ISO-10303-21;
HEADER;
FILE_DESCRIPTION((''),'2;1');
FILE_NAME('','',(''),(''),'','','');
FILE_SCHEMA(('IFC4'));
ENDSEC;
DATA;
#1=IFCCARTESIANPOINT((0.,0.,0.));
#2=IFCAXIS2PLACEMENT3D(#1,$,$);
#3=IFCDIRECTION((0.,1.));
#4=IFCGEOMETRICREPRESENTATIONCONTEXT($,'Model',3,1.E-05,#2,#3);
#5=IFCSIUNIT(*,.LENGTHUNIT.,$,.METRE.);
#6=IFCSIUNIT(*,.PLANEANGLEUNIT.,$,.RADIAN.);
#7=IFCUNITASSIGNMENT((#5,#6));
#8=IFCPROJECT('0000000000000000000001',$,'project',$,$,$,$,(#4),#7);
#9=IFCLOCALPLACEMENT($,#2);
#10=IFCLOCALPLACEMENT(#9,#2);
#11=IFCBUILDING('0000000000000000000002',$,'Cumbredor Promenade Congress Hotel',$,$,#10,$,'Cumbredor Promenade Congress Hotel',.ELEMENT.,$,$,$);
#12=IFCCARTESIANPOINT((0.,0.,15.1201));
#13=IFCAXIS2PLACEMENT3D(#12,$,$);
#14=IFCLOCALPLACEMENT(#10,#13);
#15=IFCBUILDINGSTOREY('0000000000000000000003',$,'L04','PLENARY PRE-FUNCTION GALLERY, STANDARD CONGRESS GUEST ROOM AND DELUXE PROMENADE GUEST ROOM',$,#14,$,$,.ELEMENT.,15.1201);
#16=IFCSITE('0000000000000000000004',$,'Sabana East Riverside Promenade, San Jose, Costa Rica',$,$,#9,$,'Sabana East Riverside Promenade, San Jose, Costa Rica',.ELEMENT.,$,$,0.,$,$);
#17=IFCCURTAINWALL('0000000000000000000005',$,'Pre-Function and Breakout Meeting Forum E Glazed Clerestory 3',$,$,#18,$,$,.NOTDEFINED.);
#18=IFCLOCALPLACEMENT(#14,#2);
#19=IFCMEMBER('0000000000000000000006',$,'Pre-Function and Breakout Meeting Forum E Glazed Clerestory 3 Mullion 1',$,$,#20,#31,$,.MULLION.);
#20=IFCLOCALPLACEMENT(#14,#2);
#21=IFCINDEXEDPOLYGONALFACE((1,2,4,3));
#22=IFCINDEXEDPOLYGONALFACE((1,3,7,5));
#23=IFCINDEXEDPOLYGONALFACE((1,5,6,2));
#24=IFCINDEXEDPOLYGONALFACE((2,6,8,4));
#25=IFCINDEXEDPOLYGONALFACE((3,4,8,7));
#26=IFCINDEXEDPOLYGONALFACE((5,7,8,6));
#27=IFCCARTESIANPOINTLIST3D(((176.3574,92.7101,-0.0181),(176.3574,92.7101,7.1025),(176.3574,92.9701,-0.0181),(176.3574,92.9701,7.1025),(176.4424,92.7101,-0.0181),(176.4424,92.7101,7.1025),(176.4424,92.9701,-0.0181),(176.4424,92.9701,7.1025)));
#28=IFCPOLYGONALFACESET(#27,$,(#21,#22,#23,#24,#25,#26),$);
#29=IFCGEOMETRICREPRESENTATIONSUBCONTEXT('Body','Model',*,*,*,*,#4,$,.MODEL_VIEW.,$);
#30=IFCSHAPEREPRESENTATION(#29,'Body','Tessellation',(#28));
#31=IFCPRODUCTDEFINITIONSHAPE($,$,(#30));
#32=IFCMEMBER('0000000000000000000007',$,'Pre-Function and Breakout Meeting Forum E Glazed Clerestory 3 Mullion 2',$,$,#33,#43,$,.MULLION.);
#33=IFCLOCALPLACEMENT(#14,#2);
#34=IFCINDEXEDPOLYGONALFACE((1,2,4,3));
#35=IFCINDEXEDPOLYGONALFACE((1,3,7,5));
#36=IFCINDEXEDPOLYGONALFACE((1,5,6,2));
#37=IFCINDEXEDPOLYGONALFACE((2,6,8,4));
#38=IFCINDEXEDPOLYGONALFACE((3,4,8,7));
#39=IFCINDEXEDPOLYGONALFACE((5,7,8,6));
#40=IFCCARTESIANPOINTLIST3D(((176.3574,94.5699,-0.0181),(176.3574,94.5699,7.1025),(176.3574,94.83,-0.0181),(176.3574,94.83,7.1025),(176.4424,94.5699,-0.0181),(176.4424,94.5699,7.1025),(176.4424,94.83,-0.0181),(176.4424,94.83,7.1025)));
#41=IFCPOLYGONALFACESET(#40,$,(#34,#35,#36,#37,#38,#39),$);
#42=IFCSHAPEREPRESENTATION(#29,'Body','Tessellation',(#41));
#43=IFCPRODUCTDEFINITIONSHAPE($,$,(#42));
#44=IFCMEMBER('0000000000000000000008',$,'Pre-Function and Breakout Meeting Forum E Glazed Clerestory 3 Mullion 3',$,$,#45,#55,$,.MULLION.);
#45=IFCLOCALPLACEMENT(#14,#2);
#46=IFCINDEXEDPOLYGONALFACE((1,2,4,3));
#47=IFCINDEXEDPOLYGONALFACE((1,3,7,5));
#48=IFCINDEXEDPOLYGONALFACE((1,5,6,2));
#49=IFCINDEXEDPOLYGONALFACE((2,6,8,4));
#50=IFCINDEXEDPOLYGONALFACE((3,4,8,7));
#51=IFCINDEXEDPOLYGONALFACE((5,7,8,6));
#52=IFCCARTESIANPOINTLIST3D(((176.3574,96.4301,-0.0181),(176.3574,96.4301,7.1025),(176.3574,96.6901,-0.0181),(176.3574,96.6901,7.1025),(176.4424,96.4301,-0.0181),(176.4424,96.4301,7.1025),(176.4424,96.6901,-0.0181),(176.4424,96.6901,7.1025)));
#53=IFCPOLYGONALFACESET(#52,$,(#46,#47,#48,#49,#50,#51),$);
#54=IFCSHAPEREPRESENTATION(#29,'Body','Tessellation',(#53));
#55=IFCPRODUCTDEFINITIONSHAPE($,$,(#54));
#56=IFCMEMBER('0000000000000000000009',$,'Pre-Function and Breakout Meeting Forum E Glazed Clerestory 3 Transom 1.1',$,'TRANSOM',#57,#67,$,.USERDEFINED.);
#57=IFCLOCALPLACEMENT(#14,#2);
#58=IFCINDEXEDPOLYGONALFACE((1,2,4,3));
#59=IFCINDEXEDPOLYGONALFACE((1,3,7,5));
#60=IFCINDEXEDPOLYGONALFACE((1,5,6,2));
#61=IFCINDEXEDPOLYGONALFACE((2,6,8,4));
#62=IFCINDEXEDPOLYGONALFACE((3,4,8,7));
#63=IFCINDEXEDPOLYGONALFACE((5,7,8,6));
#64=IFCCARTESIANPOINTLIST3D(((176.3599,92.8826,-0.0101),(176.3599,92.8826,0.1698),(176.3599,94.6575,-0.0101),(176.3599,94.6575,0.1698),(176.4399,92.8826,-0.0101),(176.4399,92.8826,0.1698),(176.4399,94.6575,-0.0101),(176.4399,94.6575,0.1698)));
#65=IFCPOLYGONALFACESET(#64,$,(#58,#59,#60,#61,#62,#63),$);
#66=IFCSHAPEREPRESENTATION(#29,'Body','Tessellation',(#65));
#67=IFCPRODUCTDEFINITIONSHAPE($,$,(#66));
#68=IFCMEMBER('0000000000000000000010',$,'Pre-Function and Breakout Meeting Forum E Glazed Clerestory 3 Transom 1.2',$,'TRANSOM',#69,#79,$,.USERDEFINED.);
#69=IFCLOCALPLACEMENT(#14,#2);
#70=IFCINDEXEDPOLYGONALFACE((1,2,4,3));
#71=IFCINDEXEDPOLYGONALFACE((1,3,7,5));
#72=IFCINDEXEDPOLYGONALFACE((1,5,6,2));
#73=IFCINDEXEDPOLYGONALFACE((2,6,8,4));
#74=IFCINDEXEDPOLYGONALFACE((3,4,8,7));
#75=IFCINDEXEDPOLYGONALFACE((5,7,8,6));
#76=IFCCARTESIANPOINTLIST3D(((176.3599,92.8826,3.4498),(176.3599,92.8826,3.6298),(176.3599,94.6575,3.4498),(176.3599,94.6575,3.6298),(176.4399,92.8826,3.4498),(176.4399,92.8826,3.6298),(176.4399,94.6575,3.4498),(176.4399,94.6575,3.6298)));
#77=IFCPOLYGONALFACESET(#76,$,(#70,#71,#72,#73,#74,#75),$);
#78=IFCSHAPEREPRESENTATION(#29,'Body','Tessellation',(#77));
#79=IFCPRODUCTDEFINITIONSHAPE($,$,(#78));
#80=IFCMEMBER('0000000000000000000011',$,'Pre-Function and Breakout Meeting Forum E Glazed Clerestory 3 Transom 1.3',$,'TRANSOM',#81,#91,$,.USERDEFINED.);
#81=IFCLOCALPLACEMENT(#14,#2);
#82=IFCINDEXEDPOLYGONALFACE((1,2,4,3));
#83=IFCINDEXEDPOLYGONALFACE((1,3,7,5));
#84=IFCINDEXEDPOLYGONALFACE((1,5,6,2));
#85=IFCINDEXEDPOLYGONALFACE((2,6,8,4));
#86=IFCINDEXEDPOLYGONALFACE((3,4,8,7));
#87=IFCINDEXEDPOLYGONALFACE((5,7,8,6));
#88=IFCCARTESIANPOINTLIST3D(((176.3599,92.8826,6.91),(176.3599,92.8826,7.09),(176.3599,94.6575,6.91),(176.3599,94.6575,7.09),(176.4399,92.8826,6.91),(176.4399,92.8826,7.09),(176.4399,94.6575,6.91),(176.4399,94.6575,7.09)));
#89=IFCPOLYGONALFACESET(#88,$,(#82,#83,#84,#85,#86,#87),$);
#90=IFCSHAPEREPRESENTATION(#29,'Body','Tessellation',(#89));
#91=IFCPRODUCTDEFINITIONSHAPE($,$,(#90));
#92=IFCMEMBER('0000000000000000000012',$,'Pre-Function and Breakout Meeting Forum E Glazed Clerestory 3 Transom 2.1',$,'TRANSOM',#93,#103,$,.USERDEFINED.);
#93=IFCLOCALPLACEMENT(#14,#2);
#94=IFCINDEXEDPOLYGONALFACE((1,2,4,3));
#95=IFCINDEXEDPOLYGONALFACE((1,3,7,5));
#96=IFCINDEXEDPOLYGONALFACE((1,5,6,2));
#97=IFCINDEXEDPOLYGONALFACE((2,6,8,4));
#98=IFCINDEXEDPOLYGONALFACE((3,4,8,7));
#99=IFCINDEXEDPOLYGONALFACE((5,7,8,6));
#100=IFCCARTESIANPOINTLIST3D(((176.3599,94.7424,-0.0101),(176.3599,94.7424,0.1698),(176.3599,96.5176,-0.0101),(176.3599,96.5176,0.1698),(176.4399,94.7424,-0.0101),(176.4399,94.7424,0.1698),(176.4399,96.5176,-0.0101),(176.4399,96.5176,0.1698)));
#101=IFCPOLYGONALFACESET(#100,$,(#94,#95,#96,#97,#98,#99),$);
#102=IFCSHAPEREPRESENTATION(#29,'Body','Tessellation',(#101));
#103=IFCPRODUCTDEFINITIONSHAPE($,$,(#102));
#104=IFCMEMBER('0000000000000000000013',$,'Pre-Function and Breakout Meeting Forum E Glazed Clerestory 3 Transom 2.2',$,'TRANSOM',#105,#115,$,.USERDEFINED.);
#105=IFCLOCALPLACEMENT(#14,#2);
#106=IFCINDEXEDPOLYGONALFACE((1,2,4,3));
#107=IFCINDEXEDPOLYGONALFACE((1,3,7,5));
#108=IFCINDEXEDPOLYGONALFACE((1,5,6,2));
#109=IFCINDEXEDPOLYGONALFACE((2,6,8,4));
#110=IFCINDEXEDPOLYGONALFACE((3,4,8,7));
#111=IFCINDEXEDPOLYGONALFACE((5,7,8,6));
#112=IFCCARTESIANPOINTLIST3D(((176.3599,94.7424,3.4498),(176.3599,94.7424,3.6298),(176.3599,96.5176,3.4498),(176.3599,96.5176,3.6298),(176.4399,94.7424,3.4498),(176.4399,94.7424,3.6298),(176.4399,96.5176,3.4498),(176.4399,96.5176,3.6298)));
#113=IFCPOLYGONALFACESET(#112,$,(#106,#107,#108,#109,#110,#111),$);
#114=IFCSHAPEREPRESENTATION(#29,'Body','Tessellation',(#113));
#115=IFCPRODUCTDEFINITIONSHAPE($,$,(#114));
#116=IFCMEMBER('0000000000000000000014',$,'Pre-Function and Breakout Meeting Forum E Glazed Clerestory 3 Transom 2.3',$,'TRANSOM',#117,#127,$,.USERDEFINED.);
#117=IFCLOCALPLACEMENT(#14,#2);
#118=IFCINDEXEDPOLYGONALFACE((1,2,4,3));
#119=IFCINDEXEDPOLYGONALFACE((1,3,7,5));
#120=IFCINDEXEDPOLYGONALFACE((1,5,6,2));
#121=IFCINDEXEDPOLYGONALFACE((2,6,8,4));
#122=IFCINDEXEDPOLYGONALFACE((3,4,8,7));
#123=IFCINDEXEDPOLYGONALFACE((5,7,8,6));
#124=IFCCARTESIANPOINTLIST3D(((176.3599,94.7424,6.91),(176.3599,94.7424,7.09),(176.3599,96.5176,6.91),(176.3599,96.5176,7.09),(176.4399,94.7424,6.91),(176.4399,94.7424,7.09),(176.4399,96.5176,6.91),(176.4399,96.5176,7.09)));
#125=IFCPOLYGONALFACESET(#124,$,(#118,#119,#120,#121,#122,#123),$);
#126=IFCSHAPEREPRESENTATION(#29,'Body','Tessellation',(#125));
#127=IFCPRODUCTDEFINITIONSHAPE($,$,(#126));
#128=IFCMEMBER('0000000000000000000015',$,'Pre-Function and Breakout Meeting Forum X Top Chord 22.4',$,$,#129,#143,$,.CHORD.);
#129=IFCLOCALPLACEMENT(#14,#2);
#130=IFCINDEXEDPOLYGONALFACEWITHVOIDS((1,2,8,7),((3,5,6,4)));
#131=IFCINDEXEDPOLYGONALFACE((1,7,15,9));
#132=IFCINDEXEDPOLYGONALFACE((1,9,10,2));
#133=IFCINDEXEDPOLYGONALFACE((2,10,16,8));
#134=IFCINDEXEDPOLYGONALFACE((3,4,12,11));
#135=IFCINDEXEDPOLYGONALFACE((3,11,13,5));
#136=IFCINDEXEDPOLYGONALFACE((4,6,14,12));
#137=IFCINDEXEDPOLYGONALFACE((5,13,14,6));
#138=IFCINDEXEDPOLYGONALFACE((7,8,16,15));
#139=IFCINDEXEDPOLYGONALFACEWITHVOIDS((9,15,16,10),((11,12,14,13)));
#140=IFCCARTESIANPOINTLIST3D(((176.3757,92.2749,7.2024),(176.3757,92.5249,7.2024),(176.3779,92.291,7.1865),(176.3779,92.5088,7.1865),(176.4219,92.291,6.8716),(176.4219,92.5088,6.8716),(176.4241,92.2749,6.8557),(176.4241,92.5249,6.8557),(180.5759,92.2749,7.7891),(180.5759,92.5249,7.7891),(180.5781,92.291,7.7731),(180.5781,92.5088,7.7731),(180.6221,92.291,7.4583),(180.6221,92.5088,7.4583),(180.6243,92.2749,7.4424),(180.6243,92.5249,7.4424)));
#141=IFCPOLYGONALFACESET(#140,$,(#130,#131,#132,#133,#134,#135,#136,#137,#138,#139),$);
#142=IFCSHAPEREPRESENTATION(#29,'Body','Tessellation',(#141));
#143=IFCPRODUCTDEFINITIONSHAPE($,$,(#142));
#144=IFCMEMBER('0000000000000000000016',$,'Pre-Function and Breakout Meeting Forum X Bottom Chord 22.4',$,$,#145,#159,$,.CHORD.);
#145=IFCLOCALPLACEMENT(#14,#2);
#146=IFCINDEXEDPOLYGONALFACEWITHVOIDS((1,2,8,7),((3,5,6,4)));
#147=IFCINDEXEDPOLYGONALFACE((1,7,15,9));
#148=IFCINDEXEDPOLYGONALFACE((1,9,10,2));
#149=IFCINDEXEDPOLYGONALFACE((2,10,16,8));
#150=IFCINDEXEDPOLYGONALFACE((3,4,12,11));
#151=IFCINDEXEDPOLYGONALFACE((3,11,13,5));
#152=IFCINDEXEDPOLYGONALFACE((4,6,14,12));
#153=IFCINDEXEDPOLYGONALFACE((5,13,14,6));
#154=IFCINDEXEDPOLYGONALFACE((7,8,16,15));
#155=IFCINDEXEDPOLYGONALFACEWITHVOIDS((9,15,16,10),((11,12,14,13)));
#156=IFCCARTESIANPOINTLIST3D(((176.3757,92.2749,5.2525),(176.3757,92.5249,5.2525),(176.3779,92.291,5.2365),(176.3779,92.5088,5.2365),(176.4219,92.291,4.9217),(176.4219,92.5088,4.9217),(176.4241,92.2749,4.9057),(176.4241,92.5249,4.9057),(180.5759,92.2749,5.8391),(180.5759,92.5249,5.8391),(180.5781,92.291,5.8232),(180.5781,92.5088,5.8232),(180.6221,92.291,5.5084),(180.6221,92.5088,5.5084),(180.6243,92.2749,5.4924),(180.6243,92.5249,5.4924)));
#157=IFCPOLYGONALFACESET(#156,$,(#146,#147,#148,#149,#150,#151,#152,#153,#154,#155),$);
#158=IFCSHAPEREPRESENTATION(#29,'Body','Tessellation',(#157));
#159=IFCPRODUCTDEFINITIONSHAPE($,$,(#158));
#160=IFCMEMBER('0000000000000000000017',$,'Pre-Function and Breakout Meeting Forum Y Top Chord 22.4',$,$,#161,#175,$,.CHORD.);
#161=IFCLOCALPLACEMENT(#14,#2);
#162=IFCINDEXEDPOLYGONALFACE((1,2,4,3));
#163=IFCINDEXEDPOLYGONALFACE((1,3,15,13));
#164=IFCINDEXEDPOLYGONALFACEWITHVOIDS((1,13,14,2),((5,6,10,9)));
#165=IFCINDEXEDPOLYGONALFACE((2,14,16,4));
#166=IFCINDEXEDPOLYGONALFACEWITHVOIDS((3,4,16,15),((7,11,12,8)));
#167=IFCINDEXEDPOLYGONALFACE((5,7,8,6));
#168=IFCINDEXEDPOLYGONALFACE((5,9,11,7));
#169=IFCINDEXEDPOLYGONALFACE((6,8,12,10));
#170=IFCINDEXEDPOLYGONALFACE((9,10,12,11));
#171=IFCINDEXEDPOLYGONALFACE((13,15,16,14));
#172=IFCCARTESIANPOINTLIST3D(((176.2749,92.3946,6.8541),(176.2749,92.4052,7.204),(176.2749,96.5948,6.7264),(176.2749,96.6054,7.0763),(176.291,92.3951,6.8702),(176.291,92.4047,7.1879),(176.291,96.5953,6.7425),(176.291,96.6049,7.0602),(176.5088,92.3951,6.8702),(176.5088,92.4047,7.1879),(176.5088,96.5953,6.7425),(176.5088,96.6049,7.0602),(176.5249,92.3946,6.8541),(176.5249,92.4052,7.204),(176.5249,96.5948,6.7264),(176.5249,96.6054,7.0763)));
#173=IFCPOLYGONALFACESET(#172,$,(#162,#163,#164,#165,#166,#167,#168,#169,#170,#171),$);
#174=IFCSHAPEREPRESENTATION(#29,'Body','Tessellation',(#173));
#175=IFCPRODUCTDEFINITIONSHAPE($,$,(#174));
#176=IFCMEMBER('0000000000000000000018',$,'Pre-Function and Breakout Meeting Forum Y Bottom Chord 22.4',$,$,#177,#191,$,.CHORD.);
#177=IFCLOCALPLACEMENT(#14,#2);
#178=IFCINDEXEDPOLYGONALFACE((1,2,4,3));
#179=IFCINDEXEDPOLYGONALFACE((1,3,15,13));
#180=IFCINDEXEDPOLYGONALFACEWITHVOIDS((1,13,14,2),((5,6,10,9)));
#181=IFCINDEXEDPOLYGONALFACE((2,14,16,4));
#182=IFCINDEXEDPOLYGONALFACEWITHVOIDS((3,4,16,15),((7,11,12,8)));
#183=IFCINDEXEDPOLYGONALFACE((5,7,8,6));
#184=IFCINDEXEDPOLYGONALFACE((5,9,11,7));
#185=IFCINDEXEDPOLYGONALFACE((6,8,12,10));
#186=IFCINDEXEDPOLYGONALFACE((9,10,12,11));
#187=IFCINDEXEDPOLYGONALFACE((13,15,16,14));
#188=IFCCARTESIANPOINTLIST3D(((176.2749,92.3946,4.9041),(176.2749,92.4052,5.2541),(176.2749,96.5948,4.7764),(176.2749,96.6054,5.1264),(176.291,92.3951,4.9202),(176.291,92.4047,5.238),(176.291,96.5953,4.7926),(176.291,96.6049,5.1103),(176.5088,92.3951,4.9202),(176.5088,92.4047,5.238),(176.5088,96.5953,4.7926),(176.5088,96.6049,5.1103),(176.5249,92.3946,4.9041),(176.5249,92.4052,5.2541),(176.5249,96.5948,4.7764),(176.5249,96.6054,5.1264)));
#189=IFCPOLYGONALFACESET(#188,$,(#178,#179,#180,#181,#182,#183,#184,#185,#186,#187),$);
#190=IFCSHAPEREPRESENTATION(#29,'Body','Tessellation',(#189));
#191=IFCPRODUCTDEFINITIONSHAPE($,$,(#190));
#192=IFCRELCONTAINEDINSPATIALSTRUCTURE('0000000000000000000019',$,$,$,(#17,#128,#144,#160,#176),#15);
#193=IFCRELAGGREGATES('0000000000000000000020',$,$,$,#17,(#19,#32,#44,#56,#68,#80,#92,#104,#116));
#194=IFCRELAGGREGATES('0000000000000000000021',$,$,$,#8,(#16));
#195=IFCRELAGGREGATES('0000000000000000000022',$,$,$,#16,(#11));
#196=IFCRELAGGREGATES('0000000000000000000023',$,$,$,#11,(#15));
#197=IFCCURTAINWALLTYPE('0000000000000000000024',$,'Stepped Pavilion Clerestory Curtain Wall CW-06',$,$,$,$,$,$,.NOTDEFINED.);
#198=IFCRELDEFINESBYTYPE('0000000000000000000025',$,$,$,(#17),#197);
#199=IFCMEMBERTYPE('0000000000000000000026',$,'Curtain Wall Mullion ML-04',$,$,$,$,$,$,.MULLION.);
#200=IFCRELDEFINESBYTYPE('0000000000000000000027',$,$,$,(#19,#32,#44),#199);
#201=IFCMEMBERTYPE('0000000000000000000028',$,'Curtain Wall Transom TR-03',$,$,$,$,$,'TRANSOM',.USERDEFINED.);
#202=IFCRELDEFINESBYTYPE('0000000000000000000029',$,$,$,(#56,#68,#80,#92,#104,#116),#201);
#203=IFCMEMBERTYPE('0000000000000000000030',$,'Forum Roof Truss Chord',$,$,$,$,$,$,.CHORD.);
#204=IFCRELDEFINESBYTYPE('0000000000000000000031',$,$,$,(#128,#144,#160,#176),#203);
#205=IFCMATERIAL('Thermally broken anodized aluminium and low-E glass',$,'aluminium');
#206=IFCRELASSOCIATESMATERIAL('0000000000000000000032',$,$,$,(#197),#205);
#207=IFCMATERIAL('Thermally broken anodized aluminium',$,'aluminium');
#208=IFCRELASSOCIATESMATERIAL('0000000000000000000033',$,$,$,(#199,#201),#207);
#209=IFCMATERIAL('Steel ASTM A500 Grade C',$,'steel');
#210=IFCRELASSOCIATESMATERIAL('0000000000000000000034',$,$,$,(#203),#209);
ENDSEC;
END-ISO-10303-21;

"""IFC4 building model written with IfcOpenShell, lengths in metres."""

from ifc_helpers import new_model, si_unit, direction, frame, origin, origin_2d, place, context, subcontext, project, spatial, rectangle, hollow_rectangle, extrude, material, material_profile, profile_set, type_object, element, aggregate, save


model = new_model("IFC4")

# Units and contexts
model_context = context("Model", 3, precision=1e-05, world=origin(), true_north=direction((0.0, 1.0)))
body_context = subcontext(model_context, "Body", "Model", "MODEL_VIEW")
ifc_project = project(units=[si_unit("LENGTHUNIT", "METRE"), si_unit("PLANEANGLEUNIT", "RADIAN")], contexts=[model_context])

# Site, building, storey
site_placement = place(None, origin())
site = spatial("IfcSite", under=ifc_project, at=site_placement, Name="Sabana East Riverside Promenade, San Jose, Costa Rica", LongName="Sabana East Riverside Promenade, San Jose, Costa Rica", CompositionType="ELEMENT", RefElevation=0.0)
building_placement = place(site_placement, origin())
building = spatial("IfcBuilding", under=site, at=building_placement, Name="Cumbredor Promenade Congress Hotel", LongName="Cumbredor Promenade Congress Hotel", CompositionType="ELEMENT")
storey_placement = place(building_placement, frame((0.0, 0.0, 15.1201)))
storey = spatial("IfcBuildingStorey", under=building, at=storey_placement, Name="L04", Description="PLENARY PRE-FUNCTION GALLERY, STANDARD CONGRESS GUEST ROOM AND DELUXE PROMENADE GUEST ROOM", CompositionType="ELEMENT", Elevation=15.1201)

# Curtain wall, members
ifc_material_1 = material(Name="Thermally broken anodized aluminium and low-E glass", Category="aluminium")
curtain_wall_type = type_object("IfcCurtainWallType", Name="Stepped Pavilion Clerestory Curtain Wall CW-06", PredefinedType="NOTDEFINED", material=ifc_material_1)
curtain_wall_placement = place(storey_placement, origin())
curtain_wall = element("IfcCurtainWall", 1, at=curtain_wall_placement, inside=storey, type_object=curtain_wall_type, Name="Pre-Function and Breakout Meeting Forum E Glazed Clerestory 3", PredefinedType="NOTDEFINED")
ifc_material_2 = material(Name="Thermally broken anodized aluminium", Category="aluminium")
ifc_material_profile_1 = material_profile(ifc_material_2, rectangle(XDim=0.085, YDim=0.26, at=origin_2d()), Name="ALU MULLION CLERESTORY 85x260")
ifc_profile_set_1 = profile_set([ifc_material_profile_1], Name="Thermally broken anodized aluminium")
member_type_1 = type_object("IfcMemberType", Name="Curtain Wall Mullion ML-04", PredefinedType="MULLION", material=ifc_profile_set_1)
member_1_placement = place(storey_placement, frame((176.3999, 92.8401, -0.0181), z_axis=(0.0, 0.0, 1.0), x_axis=(1.0, 0.0, 0.0)))
member_1 = element("IfcMember", 2, at=member_1_placement, type_object=member_type_1, Name="Pre-Function and Breakout Meeting Forum E Glazed Clerestory 3 Mullion 1", PredefinedType="MULLION", context=body_context, shape_type="SweptSolid", body=[
    extrude(rectangle(XDim=0.085, YDim=0.26, at=origin_2d()), origin(), (0.0, 0.0, 1.0), 7.1206),
])
member_2_placement = place(storey_placement, frame((176.3999, 94.7, -0.0181), z_axis=(0.0, 0.0, 1.0), x_axis=(1.0, 0.0, 0.0)))
member_2 = element("IfcMember", 3, at=member_2_placement, type_object=member_type_1, Name="Pre-Function and Breakout Meeting Forum E Glazed Clerestory 3 Mullion 2", PredefinedType="MULLION", context=body_context, shape_type="SweptSolid", body=[
    extrude(rectangle(XDim=0.085, YDim=0.26, at=origin_2d()), origin(), (0.0, 0.0, 1.0), 7.1206),
])
member_3_placement = place(storey_placement, frame((176.3999, 96.5601, -0.0181), z_axis=(0.0, 0.0, 1.0), x_axis=(1.0, 0.0, 0.0)))
member_3 = element("IfcMember", 4, at=member_3_placement, type_object=member_type_1, Name="Pre-Function and Breakout Meeting Forum E Glazed Clerestory 3 Mullion 3", PredefinedType="MULLION", context=body_context, shape_type="SweptSolid", body=[
    extrude(rectangle(XDim=0.085, YDim=0.26, at=origin_2d()), origin(), (0.0, 0.0, 1.0), 7.1206),
])
ifc_material_profile_2 = material_profile(ifc_material_2, rectangle(XDim=0.0801, YDim=0.1799, at=origin_2d()), Name="ALU TRANSOM 80x180")
ifc_profile_set_2 = profile_set([ifc_material_profile_2], Name="Thermally broken anodized aluminium")
member_type_2 = type_object("IfcMemberType", Name="Curtain Wall Transom TR-03", ElementType="TRANSOM", PredefinedType="USERDEFINED", material=ifc_profile_set_2)
member_4_placement = place(storey_placement, frame((176.3999, 92.8826, 0.0798), z_axis=(0.0, 1.0, 0.0), x_axis=(-1.0, 0.0, 0.0)))
member_4 = element("IfcMember", 5, at=member_4_placement, type_object=member_type_2, Name="Pre-Function and Breakout Meeting Forum E Glazed Clerestory 3 Transom 1.1", ObjectType="TRANSOM", PredefinedType="USERDEFINED", context=body_context, shape_type="SweptSolid", body=[
    extrude(rectangle(XDim=0.0801, YDim=0.1799, at=origin_2d()), origin(), (0.0, 0.0, 1.0), 1.7749),
])
member_5_placement = place(storey_placement, frame((176.3999, 92.8826, 3.5398), z_axis=(0.0, 1.0, 0.0), x_axis=(-1.0, 0.0, 0.0)))
member_5 = element("IfcMember", 6, at=member_5_placement, type_object=member_type_2, Name="Pre-Function and Breakout Meeting Forum E Glazed Clerestory 3 Transom 1.2", ObjectType="TRANSOM", PredefinedType="USERDEFINED", context=body_context, shape_type="SweptSolid", body=[
    extrude(rectangle(XDim=0.0801, YDim=0.1799, at=origin_2d()), origin(), (0.0, 0.0, 1.0), 1.7749),
])
member_6_placement = place(storey_placement, frame((176.3999, 92.8826, 7.0), z_axis=(0.0, 1.0, 0.0), x_axis=(-1.0, 0.0, 0.0)))
member_6 = element("IfcMember", 7, at=member_6_placement, type_object=member_type_2, Name="Pre-Function and Breakout Meeting Forum E Glazed Clerestory 3 Transom 1.3", ObjectType="TRANSOM", PredefinedType="USERDEFINED", context=body_context, shape_type="SweptSolid", body=[
    extrude(rectangle(XDim=0.0801, YDim=0.1799, at=origin_2d()), origin(), (0.0, 0.0, 1.0), 1.7749),
])
member_7_placement = place(storey_placement, frame((176.3999, 94.7424, 0.0798), z_axis=(0.0, 1.0, 0.0), x_axis=(-1.0, 0.0, 0.0)))
member_7 = element("IfcMember", 8, at=member_7_placement, type_object=member_type_2, Name="Pre-Function and Breakout Meeting Forum E Glazed Clerestory 3 Transom 2.1", ObjectType="TRANSOM", PredefinedType="USERDEFINED", context=body_context, shape_type="SweptSolid", body=[
    extrude(rectangle(XDim=0.0801, YDim=0.1799, at=origin_2d()), origin(), (0.0, 0.0, 1.0), 1.7751),
])
member_8_placement = place(storey_placement, frame((176.3999, 94.7424, 3.5398), z_axis=(0.0, 1.0, 0.0), x_axis=(-1.0, 0.0, 0.0)))
member_8 = element("IfcMember", 9, at=member_8_placement, type_object=member_type_2, Name="Pre-Function and Breakout Meeting Forum E Glazed Clerestory 3 Transom 2.2", ObjectType="TRANSOM", PredefinedType="USERDEFINED", context=body_context, shape_type="SweptSolid", body=[
    extrude(rectangle(XDim=0.0801, YDim=0.1799, at=origin_2d()), origin(), (0.0, 0.0, 1.0), 1.7751),
])
member_9_placement = place(storey_placement, frame((176.3999, 94.7424, 7.0), z_axis=(0.0, 1.0, 0.0), x_axis=(-1.0, 0.0, 0.0)))
member_9 = element("IfcMember", 10, at=member_9_placement, type_object=member_type_2, Name="Pre-Function and Breakout Meeting Forum E Glazed Clerestory 3 Transom 2.3", ObjectType="TRANSOM", PredefinedType="USERDEFINED", context=body_context, shape_type="SweptSolid", body=[
    extrude(rectangle(XDim=0.0801, YDim=0.1799, at=origin_2d()), origin(), (0.0, 0.0, 1.0), 1.7751),
])

# Members
ifc_material_3 = material(Name="Steel ASTM A500 Grade C", Category="steel")
ifc_material_profile_3 = material_profile(ifc_material_3, hollow_rectangle(XDim=0.25, YDim=0.3501, WallThickness=0.0161, at=origin_2d()), Name="HSS 350x250x16")
ifc_profile_set_3 = profile_set([ifc_material_profile_3], Name="Steel ASTM A500 Grade C")
member_type_3 = type_object("IfcMemberType", Name="Forum Roof Truss Chord", PredefinedType="CHORD", material=ifc_profile_set_3)
for number, where, z_axis, x_axis, name in (
    (11, (176.3999, 92.3999, 7.0291), (0.990386, 0.0, 0.138334), (0.0, 1.0, 0.0), "Pre-Function and Breakout Meeting Forum X Top Chord 22.4"),
    (12, (176.3999, 92.3999, 5.0791), (0.990386, 0.0, 0.138334), (0.0, 1.0, 0.0), "Pre-Function and Breakout Meeting Forum X Bottom Chord 22.4"),
):
    element("IfcMember", number, at=place(storey_placement, frame(where, z_axis=z_axis, x_axis=x_axis)), inside=storey, type_object=member_type_3, Name=name, PredefinedType="CHORD", context=body_context, shape_type="SweptSolid", body=[
        extrude(hollow_rectangle(XDim=0.25, YDim=0.3501, WallThickness=0.0161, at=origin_2d()), origin(), (0.0, 0.0, 1.0), 4.241),
    ])
for number, where, z_axis, x_axis, name in (
    (13, (176.3999, 92.3999, 7.0291), (0.0, 0.999538, -0.030386), (-1.0, 0.0, 0.0), "Pre-Function and Breakout Meeting Forum Y Top Chord 22.4"),
    (14, (176.3999, 92.3999, 5.0791), (0.0, 0.999538, -0.030386), (-1.0, 0.0, 0.0), "Pre-Function and Breakout Meeting Forum Y Bottom Chord 22.4"),
):
    element("IfcMember", number, at=place(storey_placement, frame(where, z_axis=z_axis, x_axis=x_axis)), inside=storey, type_object=member_type_3, Name=name, PredefinedType="CHORD", context=body_context, shape_type="SweptSolid", body=[
        extrude(hollow_rectangle(XDim=0.25, YDim=0.3501, WallThickness=0.0161, at=origin_2d()), origin(), (0.0, 0.0, 1.0), 4.2021),
    ])

aggregate(curtain_wall, [member_1, member_2, member_3, member_4, member_5, member_6, member_7, member_8, member_9])

save(model, "model.ifc")
